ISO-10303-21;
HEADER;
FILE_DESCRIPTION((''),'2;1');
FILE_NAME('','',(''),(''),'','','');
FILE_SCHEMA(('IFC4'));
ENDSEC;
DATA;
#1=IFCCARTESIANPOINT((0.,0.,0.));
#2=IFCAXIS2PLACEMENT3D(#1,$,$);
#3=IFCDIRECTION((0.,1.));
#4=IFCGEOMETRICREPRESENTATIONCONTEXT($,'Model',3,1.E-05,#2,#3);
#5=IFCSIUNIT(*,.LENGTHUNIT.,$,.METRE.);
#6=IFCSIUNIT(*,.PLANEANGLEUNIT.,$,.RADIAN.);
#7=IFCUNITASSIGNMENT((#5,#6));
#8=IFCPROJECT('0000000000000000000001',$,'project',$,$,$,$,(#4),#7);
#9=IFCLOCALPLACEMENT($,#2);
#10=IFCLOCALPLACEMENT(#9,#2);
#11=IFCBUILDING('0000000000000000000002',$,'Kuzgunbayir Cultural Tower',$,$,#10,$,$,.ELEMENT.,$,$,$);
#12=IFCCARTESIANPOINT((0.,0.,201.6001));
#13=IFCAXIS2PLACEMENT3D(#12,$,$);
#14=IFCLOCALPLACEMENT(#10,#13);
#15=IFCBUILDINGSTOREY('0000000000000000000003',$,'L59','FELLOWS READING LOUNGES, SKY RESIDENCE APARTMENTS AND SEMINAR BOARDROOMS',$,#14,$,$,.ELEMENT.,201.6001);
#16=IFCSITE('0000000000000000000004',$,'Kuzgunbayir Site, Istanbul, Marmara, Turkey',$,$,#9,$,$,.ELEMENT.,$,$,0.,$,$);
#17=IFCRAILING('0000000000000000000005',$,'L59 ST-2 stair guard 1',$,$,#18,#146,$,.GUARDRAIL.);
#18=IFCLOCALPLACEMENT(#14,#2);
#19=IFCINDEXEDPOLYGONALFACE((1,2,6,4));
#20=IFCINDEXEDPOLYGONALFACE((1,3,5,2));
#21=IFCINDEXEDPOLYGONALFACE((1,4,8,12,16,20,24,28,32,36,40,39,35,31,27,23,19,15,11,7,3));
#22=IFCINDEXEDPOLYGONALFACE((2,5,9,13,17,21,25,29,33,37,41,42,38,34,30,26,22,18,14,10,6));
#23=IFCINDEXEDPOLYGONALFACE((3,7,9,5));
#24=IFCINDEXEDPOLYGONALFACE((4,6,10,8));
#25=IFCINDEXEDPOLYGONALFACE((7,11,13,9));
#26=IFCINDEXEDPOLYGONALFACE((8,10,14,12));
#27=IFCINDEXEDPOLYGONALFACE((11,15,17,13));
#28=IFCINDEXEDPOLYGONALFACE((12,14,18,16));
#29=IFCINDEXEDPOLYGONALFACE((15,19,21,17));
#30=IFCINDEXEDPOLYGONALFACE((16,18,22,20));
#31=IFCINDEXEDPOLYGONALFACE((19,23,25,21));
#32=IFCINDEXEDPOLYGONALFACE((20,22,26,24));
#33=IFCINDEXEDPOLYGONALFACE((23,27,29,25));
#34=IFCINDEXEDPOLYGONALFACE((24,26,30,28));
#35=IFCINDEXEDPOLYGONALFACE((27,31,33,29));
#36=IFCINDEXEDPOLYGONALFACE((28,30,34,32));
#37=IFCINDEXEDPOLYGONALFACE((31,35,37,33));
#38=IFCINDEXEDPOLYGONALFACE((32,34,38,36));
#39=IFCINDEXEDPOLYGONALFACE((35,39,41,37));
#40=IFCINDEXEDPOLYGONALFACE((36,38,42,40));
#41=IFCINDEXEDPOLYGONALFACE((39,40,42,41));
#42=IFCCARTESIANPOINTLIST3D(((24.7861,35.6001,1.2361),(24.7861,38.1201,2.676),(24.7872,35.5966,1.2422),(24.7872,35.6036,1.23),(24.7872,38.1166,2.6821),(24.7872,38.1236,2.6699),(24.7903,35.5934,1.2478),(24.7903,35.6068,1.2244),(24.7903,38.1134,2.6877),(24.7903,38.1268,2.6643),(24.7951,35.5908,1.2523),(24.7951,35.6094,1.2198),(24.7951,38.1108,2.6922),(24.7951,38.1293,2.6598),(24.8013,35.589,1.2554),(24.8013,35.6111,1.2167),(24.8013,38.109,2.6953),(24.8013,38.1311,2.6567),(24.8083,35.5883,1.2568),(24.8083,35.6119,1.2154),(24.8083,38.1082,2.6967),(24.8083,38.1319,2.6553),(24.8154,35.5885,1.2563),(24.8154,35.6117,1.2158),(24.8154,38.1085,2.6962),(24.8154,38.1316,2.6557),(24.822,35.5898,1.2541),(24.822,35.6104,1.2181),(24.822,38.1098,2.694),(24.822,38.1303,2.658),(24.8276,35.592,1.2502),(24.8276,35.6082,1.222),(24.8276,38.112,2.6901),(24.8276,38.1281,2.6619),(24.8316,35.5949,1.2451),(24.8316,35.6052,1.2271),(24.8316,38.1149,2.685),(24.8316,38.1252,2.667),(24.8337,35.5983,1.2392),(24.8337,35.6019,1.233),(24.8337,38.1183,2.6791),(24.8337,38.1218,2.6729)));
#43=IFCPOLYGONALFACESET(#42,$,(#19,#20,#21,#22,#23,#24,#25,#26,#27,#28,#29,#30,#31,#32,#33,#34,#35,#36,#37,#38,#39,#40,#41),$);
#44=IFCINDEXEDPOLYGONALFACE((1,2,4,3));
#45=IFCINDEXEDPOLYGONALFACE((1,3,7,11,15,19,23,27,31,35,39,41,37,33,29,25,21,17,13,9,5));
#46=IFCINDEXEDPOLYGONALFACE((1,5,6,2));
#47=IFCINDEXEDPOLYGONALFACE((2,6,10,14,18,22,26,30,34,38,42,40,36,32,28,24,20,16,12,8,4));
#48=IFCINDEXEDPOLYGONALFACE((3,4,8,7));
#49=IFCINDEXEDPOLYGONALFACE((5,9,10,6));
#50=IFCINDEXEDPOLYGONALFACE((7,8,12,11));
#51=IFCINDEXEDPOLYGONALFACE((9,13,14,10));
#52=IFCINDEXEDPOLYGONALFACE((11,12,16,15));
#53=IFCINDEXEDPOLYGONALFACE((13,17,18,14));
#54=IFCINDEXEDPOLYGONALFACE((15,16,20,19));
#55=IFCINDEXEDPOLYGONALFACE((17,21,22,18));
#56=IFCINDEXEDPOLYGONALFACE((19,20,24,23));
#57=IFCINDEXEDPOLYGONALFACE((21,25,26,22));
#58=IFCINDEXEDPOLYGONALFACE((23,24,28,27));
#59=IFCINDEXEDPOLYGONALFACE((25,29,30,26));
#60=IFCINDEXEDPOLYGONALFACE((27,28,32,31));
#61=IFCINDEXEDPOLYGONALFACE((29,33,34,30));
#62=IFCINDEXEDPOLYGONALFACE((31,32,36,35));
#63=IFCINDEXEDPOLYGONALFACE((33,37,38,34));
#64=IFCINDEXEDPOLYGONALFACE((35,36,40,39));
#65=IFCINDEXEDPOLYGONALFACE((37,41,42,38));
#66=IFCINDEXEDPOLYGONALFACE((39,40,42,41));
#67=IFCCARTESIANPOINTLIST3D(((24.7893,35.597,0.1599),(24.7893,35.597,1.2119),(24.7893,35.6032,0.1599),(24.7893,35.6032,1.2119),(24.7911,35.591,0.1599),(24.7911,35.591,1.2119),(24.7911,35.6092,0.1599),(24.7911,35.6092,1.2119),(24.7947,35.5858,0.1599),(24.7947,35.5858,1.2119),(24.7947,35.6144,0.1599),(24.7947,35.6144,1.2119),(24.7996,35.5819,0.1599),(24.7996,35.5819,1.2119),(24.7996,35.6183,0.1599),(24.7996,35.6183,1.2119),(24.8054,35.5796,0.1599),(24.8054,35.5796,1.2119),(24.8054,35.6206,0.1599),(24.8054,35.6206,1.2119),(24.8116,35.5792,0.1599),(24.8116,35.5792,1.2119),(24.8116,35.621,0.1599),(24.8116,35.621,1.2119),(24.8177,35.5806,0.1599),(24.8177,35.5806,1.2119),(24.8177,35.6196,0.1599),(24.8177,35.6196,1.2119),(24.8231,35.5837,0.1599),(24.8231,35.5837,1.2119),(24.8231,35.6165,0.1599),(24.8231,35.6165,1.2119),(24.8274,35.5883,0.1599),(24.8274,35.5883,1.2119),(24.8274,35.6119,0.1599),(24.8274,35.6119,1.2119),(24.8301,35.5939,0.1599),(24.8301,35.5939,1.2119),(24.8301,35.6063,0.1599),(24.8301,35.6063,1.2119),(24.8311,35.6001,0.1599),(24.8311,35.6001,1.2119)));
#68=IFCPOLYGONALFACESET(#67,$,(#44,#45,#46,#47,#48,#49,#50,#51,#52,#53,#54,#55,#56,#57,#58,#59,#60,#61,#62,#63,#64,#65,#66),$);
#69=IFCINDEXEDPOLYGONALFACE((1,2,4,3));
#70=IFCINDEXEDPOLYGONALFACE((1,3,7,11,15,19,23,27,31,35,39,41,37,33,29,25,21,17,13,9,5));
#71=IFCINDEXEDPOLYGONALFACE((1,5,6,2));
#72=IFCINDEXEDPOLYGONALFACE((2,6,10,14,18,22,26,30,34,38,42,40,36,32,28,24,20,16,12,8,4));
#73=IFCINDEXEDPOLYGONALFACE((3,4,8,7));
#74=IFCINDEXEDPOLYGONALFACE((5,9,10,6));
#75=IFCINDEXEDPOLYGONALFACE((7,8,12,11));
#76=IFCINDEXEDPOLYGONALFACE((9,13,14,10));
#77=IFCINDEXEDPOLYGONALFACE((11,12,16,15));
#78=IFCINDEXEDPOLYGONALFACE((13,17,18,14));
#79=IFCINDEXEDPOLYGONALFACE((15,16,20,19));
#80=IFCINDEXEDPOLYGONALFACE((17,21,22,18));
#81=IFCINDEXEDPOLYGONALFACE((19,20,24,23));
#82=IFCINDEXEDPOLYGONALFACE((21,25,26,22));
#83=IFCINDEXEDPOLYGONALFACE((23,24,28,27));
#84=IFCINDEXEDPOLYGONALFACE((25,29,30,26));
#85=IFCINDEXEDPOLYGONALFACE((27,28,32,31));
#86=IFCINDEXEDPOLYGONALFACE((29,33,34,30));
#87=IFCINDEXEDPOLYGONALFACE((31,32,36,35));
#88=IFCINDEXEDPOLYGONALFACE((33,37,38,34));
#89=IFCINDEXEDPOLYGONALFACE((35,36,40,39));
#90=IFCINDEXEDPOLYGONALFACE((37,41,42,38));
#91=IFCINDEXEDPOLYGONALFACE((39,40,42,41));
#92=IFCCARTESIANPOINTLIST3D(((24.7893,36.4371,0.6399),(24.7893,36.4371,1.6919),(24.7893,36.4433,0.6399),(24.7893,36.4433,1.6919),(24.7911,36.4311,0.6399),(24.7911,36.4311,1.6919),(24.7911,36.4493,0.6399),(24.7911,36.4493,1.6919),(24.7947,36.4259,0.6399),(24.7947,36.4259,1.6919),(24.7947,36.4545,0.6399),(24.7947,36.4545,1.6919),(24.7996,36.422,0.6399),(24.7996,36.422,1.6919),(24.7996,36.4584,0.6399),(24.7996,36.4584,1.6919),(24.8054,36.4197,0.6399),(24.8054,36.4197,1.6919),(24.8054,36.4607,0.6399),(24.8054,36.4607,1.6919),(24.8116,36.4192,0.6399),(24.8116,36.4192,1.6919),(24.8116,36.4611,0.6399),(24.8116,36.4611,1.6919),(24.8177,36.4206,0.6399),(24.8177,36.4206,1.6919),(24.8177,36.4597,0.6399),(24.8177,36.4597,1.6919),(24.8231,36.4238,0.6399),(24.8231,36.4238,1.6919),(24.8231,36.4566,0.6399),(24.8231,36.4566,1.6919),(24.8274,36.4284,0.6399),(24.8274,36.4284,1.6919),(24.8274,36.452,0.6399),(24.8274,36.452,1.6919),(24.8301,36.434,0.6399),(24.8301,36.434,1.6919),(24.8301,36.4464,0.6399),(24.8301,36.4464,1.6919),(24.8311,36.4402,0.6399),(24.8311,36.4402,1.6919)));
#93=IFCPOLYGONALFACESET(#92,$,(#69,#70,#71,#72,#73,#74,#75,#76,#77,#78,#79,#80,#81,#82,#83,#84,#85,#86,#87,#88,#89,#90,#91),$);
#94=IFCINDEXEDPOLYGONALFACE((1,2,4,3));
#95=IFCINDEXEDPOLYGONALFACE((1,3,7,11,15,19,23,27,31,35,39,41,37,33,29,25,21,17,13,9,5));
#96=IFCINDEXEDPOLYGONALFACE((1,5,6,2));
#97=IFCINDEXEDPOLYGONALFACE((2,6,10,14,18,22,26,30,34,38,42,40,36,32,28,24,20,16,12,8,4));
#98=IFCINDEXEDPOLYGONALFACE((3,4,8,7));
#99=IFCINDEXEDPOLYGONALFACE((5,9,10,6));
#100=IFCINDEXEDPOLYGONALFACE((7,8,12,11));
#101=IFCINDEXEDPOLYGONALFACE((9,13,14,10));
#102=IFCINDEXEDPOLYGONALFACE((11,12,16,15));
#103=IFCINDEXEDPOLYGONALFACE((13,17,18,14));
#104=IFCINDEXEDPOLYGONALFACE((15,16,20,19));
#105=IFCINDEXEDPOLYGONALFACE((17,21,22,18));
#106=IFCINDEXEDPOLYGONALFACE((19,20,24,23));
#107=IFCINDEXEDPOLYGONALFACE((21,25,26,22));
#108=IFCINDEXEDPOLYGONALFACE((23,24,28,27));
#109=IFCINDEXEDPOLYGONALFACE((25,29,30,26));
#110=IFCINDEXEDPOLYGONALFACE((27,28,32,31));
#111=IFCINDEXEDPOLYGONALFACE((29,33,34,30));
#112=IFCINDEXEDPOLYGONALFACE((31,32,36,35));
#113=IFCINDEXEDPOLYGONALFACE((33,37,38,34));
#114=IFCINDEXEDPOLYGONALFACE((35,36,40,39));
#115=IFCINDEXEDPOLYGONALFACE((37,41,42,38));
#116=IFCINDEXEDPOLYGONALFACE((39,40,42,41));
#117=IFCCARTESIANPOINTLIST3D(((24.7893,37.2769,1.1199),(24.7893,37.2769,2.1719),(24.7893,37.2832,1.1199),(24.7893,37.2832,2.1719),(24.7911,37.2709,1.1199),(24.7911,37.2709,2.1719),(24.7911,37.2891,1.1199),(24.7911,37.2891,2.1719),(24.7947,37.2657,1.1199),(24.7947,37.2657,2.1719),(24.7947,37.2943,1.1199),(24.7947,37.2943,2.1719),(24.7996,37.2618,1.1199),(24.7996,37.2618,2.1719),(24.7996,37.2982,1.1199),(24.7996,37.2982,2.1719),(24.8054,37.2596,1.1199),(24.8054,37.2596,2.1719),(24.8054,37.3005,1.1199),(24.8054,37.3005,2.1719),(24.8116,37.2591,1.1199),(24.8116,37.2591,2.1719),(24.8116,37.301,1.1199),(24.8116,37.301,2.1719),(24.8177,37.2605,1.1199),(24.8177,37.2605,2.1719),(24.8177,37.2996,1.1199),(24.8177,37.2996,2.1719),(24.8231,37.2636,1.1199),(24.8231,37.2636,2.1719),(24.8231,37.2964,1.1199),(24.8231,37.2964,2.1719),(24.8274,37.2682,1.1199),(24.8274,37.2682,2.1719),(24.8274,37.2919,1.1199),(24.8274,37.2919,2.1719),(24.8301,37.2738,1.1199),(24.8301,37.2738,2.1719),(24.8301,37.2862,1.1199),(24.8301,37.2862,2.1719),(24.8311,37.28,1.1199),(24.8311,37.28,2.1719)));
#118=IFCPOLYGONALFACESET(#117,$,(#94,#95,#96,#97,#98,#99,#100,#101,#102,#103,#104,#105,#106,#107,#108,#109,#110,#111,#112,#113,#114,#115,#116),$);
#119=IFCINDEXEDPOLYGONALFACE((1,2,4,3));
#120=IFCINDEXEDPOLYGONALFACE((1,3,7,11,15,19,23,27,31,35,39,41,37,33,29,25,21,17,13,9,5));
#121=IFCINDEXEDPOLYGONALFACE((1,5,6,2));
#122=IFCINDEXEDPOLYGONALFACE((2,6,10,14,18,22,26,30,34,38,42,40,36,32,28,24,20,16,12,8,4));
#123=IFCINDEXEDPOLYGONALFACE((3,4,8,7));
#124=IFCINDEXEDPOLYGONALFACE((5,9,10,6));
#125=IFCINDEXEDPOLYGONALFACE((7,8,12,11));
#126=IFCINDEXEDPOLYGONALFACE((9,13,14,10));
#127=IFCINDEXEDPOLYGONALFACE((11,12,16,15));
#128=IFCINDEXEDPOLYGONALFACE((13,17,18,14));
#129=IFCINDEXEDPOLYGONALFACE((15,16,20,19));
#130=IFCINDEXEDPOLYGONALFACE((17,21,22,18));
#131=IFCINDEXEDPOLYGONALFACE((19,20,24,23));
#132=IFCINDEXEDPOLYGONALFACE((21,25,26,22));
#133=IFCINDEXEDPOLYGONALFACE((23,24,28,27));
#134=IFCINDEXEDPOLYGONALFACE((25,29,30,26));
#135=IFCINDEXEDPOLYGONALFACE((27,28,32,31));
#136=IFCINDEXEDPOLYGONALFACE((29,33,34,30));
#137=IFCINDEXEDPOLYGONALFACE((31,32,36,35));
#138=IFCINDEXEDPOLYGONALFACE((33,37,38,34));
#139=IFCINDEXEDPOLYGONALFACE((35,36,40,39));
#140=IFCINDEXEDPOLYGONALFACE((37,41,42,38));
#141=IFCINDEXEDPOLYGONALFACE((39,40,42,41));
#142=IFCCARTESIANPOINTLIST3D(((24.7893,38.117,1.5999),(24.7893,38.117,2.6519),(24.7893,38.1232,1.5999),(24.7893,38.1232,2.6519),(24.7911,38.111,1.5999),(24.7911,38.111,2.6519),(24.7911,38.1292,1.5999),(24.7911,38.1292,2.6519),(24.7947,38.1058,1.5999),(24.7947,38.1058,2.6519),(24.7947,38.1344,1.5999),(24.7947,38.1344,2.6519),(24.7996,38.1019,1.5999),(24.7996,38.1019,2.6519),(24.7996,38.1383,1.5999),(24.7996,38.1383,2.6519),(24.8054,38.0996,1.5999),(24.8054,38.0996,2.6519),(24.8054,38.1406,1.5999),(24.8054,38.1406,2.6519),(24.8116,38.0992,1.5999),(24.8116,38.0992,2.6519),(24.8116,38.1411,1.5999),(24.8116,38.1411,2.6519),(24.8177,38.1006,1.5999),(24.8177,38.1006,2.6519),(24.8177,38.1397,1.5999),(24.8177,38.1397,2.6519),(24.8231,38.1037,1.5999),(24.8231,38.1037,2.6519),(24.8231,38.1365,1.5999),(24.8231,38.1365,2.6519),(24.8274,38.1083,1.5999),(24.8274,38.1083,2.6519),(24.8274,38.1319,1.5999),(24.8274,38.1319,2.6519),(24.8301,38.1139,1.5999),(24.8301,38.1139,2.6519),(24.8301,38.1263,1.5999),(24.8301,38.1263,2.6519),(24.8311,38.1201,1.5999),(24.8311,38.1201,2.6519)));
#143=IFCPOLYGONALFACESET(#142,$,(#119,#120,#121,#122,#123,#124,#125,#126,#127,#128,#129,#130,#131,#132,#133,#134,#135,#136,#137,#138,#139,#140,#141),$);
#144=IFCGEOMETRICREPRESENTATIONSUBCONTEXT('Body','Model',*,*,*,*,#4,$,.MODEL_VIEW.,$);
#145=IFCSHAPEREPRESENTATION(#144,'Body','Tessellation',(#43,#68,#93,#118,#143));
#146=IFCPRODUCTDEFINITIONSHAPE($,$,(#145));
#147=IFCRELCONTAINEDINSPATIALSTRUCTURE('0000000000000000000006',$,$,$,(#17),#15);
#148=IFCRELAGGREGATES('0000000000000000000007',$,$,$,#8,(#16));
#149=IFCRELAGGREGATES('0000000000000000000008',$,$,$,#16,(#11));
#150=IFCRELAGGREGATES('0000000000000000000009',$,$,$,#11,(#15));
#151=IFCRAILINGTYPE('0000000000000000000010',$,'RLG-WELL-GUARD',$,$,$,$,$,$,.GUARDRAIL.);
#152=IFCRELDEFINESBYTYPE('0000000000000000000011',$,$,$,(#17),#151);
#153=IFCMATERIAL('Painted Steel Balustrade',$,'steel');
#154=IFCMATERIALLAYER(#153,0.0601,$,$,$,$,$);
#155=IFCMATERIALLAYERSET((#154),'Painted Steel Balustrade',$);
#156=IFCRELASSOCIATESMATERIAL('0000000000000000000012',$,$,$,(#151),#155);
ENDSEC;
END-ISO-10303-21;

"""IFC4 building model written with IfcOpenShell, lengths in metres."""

from ifc_helpers import new_model, si_unit, direction, frame, origin, origin_2d, place, context, subcontext, project, spatial, circle, extrude, material, layer, layer_set, type_object, element, save


model = new_model("IFC4")

# Units and contexts
model_context = context("Model", 3, precision=1e-05, world=origin(), true_north=direction((0.0, 1.0)))
body_context = subcontext(model_context, "Body", "Model", "MODEL_VIEW")
ifc_project = project(units=[si_unit("LENGTHUNIT", "METRE"), si_unit("PLANEANGLEUNIT", "RADIAN")], contexts=[model_context])

# Site, building, storey
site_placement = place(None, origin())
site = spatial("IfcSite", under=ifc_project, at=site_placement, Name="Kuzgunbayir Site, Istanbul, Marmara, Turkey", CompositionType="ELEMENT", RefElevation=0.0)
building_placement = place(site_placement, origin())
building = spatial("IfcBuilding", under=site, at=building_placement, Name="Kuzgunbayir Cultural Tower", CompositionType="ELEMENT")
storey_placement = place(building_placement, frame((0.0, 0.0, 201.6001)))
storey = spatial("IfcBuildingStorey", under=building, at=storey_placement, Name="L59", Description="FELLOWS READING LOUNGES, SKY RESIDENCE APARTMENTS AND SEMINAR BOARDROOMS", CompositionType="ELEMENT", Elevation=201.6001)

# Railing
ifc_material_1 = material(Name="Painted Steel Balustrade", Category="steel")
ifc_layer_1 = layer(ifc_material_1, 0.0601)
ifc_layer_set_1 = layer_set([ifc_layer_1], Name="Painted Steel Balustrade")
railing_type_1 = type_object("IfcRailingType", Name="RLG-WELL-GUARD", PredefinedType="GUARDRAIL", material=ifc_layer_set_1)
railing_1_placement = place(storey_placement, frame((24.8101, 35.6001, 0.1599)))
element("IfcRailing", 1, at=railing_1_placement, inside=storey, type_object=railing_type_1, Name="L59 ST-2 stair guard 1", PredefinedType="GUARDRAIL", context=body_context, shape_type="SweptSolid", body=[
    extrude(circle(Radius=0.0239, at=origin_2d()), frame((0.0, 0.0, 1.0762), z_axis=(0.0, 0.868253, 0.496121), x_axis=(-1.0, 0.0, 0.0)), (0.0, 0.0, 1.0), 2.9023),
    extrude(circle(Radius=0.021, at=origin_2d()), origin(), (0.0, 0.0, 1.0), 1.052),
    extrude(circle(Radius=0.021, at=origin_2d()), frame((0.0, 0.8401, 0.48)), (0.0, 0.0, 1.0), 1.052),
    extrude(circle(Radius=0.021, at=origin_2d()), frame((0.0, 1.6799, 0.96)), (0.0, 0.0, 1.0), 1.052),
    extrude(circle(Radius=0.021, at=origin_2d()), frame((0.0, 2.52, 1.4399)), (0.0, 0.0, 1.0), 1.052),
])

save(model, "model.ifc")
